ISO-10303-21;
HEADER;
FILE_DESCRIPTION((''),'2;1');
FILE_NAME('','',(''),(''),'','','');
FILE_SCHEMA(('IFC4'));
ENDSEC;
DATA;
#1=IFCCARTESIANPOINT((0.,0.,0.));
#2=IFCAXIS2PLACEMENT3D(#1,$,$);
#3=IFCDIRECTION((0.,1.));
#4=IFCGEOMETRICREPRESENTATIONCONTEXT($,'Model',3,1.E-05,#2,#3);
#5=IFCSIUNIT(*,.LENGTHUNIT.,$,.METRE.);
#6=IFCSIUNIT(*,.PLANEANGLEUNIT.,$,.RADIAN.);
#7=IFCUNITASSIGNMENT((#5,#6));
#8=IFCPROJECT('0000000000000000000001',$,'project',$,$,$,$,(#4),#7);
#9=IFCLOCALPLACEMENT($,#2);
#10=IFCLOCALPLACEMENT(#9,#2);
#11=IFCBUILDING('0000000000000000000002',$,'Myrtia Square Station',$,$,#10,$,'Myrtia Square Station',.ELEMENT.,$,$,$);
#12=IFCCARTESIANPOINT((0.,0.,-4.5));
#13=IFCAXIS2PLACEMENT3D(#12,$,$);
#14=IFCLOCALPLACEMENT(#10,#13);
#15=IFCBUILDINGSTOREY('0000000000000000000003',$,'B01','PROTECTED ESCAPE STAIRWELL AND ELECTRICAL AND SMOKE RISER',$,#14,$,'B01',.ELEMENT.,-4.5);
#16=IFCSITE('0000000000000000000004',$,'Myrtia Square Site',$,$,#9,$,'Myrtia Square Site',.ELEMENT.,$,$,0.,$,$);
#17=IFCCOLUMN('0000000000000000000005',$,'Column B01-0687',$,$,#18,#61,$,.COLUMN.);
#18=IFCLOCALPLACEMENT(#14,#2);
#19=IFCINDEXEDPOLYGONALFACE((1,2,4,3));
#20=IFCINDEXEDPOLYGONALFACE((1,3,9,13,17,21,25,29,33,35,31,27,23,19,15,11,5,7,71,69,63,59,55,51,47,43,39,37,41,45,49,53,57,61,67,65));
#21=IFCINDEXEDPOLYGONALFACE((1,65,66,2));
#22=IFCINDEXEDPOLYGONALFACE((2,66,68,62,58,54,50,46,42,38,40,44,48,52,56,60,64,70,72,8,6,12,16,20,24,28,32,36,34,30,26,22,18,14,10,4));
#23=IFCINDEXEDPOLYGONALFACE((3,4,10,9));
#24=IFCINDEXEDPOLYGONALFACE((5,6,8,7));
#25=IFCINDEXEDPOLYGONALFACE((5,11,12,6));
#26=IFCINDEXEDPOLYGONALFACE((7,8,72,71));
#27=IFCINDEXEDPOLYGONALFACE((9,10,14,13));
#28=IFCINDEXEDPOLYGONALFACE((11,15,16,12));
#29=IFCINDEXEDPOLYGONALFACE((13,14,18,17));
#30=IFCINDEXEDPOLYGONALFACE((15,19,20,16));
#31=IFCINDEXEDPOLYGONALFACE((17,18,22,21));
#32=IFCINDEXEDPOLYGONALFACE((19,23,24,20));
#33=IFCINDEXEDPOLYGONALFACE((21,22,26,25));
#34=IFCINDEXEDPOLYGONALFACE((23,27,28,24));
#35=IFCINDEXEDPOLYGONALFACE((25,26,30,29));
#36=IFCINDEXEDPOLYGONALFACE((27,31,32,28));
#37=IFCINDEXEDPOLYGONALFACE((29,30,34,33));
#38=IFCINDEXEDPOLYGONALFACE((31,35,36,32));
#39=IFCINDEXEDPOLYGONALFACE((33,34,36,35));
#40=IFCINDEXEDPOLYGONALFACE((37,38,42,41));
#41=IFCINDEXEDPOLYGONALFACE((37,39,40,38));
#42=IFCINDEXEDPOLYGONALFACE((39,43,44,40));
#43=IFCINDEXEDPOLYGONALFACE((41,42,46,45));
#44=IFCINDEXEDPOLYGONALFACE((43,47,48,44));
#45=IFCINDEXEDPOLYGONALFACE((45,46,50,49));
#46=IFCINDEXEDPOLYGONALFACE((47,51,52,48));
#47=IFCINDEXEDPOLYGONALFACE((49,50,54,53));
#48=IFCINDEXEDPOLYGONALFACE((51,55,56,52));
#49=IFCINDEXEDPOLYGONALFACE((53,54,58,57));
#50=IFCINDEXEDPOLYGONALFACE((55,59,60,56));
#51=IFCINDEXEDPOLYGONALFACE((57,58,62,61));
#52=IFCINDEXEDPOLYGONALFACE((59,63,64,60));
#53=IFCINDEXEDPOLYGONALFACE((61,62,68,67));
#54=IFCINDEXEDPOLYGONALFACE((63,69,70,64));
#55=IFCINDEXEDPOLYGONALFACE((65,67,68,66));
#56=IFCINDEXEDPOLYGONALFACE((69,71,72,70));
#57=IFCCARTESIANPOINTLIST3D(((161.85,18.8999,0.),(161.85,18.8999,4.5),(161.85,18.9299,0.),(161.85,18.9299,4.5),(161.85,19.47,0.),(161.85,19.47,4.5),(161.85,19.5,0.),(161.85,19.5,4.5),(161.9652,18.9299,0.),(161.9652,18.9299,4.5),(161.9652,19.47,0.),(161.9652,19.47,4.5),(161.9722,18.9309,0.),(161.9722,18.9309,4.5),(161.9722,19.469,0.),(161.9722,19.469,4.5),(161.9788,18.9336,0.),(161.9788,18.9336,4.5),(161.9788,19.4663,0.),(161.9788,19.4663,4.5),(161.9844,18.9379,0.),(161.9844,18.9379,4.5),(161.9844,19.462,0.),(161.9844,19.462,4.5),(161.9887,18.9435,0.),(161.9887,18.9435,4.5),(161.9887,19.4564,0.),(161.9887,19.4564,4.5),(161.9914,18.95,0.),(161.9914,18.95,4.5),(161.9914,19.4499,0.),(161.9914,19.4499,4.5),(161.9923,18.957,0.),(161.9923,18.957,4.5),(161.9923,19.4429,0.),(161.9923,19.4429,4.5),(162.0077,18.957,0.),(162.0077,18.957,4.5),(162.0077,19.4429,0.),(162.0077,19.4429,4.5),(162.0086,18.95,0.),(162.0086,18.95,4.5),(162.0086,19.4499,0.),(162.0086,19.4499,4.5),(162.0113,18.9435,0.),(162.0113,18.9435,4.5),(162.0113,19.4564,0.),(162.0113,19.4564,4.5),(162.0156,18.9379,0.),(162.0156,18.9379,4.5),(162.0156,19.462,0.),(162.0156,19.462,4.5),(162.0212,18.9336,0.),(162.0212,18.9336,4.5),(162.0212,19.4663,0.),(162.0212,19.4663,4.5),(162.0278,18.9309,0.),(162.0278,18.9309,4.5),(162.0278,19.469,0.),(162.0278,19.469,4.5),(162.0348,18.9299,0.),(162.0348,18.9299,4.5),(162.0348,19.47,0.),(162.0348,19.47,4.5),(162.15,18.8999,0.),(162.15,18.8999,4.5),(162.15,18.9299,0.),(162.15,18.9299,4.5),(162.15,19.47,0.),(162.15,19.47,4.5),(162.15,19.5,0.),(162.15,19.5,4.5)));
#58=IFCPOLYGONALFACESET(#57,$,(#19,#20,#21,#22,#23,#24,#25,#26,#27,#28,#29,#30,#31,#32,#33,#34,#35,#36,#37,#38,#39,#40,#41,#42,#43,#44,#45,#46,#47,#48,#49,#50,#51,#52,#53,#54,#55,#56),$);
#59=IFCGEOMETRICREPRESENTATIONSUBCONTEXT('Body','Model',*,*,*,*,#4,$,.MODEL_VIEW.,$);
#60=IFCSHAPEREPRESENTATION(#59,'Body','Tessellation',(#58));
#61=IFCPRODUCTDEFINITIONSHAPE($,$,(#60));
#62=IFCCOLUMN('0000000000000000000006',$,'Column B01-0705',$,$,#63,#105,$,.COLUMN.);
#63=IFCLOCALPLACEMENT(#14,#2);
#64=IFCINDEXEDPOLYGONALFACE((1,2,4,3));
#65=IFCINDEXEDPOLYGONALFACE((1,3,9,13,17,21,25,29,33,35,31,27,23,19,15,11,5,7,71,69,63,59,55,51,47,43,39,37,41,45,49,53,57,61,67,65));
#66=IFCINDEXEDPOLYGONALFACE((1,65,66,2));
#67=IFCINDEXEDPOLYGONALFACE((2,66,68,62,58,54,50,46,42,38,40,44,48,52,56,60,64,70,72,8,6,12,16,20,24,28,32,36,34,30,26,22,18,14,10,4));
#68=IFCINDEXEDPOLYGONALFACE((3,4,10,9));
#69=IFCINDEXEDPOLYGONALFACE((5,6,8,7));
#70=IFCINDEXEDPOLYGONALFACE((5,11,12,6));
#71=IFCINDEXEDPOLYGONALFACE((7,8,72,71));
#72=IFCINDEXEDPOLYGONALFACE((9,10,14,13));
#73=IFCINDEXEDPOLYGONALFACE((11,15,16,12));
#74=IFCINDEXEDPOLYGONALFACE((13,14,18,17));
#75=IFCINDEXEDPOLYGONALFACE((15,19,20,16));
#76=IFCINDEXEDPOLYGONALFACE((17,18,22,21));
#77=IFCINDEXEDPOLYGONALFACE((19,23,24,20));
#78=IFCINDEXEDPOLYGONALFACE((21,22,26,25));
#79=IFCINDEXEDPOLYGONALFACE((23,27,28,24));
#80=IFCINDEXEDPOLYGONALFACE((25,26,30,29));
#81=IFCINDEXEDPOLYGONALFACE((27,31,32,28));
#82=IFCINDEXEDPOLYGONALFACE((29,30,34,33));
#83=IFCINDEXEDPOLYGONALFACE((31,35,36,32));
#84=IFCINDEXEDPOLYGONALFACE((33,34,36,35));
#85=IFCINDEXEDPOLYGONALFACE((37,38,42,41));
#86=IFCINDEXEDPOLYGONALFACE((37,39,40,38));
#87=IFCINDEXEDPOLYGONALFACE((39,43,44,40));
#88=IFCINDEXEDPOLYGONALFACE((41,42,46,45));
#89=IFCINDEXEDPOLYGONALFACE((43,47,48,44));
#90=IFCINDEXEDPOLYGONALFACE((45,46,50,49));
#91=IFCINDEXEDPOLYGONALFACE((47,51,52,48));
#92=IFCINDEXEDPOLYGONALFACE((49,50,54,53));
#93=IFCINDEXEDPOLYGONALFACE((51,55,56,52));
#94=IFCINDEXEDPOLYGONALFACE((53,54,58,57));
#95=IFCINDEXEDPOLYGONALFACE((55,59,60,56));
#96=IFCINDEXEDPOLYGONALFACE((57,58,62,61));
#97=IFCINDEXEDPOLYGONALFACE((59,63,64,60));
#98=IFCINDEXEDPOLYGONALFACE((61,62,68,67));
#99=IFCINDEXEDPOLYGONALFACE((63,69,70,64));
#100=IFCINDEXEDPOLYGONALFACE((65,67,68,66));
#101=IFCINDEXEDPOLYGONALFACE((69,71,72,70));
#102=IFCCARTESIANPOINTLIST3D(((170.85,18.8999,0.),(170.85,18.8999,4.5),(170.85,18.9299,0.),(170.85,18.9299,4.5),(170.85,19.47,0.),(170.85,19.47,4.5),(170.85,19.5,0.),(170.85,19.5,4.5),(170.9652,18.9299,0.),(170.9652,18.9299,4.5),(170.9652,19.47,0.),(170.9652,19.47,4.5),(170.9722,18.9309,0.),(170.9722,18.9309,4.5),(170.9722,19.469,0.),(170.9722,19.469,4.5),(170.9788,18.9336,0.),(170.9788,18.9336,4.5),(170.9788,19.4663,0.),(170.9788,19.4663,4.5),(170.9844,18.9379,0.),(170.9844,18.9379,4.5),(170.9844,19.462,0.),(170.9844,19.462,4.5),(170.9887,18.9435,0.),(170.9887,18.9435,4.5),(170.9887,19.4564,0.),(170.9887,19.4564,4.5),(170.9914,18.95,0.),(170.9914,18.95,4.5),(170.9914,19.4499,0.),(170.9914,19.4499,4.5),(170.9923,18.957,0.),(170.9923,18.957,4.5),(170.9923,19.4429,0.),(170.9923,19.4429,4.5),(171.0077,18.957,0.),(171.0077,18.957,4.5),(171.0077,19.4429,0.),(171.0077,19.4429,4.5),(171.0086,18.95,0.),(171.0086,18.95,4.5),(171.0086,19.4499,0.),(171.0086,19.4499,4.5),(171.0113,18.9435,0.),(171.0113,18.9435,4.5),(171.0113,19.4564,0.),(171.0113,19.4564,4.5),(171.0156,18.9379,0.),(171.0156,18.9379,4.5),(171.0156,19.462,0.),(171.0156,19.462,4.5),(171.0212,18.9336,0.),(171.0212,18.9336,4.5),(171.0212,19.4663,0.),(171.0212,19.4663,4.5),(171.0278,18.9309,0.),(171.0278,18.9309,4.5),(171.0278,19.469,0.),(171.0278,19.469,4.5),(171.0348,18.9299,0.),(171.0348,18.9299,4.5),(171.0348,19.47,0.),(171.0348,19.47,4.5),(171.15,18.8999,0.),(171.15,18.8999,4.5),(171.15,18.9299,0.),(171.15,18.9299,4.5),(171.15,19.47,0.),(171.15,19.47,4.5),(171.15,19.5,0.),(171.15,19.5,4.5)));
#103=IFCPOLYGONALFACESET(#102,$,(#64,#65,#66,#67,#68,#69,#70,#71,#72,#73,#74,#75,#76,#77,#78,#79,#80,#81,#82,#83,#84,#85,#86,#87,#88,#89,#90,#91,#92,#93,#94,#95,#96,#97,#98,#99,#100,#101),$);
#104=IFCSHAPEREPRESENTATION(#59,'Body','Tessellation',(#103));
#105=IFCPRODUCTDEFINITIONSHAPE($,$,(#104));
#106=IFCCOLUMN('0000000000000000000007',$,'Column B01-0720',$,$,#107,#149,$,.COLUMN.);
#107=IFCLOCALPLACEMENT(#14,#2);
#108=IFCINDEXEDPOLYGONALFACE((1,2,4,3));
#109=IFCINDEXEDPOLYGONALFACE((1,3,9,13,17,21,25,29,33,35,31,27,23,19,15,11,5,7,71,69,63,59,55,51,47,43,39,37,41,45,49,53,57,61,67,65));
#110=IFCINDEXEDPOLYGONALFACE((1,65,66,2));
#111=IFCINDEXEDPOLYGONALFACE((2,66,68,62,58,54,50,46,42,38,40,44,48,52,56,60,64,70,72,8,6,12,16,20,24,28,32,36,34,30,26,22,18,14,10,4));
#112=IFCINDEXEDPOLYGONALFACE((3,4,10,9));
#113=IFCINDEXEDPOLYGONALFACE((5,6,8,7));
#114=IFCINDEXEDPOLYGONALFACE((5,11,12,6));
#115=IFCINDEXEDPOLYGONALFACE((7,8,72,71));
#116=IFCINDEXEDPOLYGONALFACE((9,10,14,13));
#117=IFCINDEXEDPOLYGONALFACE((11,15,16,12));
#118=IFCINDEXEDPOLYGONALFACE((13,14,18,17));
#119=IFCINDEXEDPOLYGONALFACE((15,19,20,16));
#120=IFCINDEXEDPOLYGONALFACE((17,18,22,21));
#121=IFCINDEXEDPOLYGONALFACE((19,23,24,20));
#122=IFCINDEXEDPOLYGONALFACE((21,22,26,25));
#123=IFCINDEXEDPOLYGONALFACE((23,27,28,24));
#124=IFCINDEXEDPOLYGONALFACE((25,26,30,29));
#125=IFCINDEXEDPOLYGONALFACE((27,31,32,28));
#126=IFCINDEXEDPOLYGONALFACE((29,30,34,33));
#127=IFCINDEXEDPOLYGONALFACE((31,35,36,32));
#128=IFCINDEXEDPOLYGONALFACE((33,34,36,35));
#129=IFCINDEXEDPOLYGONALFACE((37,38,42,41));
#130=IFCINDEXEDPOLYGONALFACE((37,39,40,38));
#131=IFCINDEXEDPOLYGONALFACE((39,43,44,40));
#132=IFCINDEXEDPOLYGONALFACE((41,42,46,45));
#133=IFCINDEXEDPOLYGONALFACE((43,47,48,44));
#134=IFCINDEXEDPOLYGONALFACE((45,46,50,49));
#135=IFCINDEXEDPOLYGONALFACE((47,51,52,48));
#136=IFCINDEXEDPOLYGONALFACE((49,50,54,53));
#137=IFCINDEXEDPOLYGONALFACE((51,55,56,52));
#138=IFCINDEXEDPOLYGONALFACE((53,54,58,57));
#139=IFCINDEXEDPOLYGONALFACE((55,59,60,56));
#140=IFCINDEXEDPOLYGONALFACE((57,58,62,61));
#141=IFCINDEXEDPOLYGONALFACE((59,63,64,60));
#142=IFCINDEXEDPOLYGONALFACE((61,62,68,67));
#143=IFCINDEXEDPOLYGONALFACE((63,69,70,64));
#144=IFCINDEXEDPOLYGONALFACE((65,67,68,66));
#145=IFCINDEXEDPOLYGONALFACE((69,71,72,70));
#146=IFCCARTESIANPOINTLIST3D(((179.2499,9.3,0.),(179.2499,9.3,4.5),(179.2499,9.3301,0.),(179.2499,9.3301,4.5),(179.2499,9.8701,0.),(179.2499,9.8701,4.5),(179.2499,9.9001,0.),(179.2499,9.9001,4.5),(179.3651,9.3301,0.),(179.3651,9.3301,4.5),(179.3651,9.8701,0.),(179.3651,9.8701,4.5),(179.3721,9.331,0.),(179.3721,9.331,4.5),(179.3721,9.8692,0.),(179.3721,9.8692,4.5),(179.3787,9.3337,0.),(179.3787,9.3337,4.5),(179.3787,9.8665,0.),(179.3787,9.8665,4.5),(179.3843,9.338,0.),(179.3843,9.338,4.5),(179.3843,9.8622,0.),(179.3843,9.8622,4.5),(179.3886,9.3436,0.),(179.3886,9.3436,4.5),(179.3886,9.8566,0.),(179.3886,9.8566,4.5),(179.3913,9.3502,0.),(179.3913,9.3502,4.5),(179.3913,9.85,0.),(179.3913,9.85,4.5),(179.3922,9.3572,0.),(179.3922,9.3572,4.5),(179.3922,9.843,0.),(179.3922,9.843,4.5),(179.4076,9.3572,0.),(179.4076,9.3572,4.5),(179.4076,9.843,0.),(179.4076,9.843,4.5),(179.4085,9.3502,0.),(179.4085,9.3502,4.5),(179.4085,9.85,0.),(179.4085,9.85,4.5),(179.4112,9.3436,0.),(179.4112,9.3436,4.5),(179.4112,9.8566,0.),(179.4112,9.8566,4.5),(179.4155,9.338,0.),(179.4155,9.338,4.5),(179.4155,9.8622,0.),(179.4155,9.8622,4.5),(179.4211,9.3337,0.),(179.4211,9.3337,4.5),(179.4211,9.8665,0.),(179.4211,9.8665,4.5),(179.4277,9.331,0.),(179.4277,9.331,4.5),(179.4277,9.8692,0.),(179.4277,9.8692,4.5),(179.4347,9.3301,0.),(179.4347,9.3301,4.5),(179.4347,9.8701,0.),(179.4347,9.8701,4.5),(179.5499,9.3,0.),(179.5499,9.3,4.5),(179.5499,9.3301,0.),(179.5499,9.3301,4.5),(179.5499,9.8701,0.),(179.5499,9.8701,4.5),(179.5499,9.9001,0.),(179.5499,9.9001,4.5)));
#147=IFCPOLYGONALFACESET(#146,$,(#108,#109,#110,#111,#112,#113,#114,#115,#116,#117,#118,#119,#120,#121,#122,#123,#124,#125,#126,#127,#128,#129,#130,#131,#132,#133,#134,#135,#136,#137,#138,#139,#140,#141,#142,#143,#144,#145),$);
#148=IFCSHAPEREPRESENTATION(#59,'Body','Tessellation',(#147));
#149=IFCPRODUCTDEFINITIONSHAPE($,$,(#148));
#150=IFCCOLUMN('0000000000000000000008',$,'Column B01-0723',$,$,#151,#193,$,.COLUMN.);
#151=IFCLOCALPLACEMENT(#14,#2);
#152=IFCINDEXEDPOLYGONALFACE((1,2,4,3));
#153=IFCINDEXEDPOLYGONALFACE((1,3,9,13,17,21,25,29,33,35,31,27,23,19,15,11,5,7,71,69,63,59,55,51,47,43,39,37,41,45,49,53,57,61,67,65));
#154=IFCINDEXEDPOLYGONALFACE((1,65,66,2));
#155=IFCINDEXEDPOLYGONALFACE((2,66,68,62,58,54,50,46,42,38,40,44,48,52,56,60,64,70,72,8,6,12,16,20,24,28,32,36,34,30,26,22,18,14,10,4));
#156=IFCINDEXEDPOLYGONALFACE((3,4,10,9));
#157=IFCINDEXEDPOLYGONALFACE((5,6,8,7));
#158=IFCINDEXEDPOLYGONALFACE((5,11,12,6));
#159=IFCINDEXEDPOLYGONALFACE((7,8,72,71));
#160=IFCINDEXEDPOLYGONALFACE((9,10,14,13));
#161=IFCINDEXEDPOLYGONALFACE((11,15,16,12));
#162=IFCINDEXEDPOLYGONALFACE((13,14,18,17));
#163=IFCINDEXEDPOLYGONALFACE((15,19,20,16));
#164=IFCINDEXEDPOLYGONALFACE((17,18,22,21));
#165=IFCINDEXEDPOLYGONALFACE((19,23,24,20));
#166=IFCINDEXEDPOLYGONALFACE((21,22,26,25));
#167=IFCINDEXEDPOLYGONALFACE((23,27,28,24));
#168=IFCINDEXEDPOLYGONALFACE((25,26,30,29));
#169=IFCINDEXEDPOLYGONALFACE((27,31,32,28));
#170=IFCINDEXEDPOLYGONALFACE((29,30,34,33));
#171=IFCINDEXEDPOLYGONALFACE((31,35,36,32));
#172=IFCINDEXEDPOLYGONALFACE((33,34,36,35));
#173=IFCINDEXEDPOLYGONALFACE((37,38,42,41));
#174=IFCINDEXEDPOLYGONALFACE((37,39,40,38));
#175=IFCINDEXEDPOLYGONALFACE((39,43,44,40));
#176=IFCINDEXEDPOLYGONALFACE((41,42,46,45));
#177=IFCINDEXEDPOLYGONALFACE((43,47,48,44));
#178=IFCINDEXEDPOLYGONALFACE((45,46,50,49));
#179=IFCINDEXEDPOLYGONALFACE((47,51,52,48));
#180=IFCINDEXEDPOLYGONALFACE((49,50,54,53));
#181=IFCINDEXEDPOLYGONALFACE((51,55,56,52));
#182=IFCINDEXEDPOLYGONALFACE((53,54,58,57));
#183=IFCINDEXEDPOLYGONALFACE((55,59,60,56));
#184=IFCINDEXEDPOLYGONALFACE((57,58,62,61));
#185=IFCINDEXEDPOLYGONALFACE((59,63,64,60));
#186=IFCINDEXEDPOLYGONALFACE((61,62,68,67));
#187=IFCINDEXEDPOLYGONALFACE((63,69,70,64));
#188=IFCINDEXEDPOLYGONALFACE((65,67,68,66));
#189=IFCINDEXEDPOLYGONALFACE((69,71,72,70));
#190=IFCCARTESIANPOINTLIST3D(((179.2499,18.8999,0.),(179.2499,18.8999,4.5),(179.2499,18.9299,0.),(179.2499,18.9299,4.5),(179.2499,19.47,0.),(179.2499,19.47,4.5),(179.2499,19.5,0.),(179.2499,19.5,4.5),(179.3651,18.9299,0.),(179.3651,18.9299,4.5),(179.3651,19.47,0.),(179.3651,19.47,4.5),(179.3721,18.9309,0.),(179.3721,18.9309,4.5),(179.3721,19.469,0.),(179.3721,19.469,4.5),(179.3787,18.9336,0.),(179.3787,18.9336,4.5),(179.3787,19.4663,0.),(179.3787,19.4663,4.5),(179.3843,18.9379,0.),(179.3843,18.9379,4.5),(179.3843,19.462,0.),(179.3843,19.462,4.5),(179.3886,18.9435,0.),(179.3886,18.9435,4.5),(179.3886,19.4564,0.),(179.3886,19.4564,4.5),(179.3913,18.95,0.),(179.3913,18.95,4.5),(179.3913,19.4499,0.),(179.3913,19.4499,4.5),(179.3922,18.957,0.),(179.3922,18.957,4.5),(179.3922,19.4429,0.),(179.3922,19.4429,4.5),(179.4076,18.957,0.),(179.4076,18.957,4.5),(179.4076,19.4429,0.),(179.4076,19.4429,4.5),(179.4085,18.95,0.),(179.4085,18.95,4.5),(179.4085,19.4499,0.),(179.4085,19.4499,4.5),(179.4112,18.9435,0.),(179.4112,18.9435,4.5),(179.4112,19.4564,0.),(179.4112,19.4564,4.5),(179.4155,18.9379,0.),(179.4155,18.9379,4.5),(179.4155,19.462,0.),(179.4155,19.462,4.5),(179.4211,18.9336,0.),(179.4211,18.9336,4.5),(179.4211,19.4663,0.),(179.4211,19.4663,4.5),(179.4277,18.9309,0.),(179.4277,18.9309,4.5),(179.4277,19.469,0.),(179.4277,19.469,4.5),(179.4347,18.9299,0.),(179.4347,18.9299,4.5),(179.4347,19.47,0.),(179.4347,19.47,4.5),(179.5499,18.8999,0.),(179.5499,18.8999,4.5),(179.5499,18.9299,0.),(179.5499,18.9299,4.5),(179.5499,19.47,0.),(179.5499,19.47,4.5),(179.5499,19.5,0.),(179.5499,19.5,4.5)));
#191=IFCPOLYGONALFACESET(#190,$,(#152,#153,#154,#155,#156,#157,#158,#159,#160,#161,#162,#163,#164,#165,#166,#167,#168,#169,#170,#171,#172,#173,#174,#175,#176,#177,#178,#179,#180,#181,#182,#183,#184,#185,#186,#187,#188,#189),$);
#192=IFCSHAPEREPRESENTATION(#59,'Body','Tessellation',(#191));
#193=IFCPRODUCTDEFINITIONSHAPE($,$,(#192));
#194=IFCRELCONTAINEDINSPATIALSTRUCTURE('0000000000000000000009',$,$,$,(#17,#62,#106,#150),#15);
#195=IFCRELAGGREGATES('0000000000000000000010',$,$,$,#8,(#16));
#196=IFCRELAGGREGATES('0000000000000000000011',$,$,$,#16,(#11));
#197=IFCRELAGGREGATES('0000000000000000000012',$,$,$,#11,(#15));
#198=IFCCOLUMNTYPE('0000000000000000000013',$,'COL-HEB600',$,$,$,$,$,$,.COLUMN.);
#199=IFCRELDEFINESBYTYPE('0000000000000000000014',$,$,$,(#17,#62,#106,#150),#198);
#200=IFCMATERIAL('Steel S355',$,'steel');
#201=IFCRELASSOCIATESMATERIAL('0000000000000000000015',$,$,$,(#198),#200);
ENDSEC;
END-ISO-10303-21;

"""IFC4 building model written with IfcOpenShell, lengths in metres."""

from ifc_helpers import new_model, si_unit, direction, frame, origin, origin_2d, place, context, subcontext, project, spatial, i_section, extrude, material, material_profile, profile_set, type_object, element, save


model = new_model("IFC4")

# Units and contexts
model_context = context("Model", 3, precision=1e-05, world=origin(), true_north=direction((0.0, 1.0)))
body_context = subcontext(model_context, "Body", "Model", "MODEL_VIEW")
ifc_project = project(units=[si_unit("LENGTHUNIT", "METRE"), si_unit("PLANEANGLEUNIT", "RADIAN")], contexts=[model_context])

# Site, building, storey
site_placement = place(None, origin())
site = spatial("IfcSite", under=ifc_project, at=site_placement, Name="Myrtia Square Site", LongName="Myrtia Square Site", CompositionType="ELEMENT", RefElevation=0.0)
building_placement = place(site_placement, origin())
building = spatial("IfcBuilding", under=site, at=building_placement, Name="Myrtia Square Station", LongName="Myrtia Square Station", CompositionType="ELEMENT")
storey_placement = place(building_placement, frame((0.0, 0.0, -4.5)))
storey = spatial("IfcBuildingStorey", under=building, at=storey_placement, Name="B01", Description="PROTECTED ESCAPE STAIRWELL AND ELECTRICAL AND SMOKE RISER", LongName="B01", CompositionType="ELEMENT", Elevation=-4.5)

# Columns
ifc_material_1 = material(Name="Steel S355", Category="steel")
ifc_material_profile_1 = material_profile(ifc_material_1, i_section(OverallWidth=0.3, OverallDepth=0.6001, WebThickness=0.0154, FlangeThickness=0.03, FilletRadius=0.0271, at=origin_2d()), Name="HEB 600")
ifc_profile_set_1 = profile_set([ifc_material_profile_1], Name="Steel S355")
column_type = type_object("IfcColumnType", Name="COL-HEB600", PredefinedType="COLUMN", material=ifc_profile_set_1)
for number, where, z_axis, x_axis, name in (
    (1, (162.0, 19.2, 0.0), (0.0, 0.0, 1.0), (1.0, 0.0, 0.0), "Column B01-0687"),
    (2, (171.0, 19.2, 0.0), (0.0, 0.0, 1.0), (1.0, 0.0, 0.0), "Column B01-0705"),
    (3, (179.3999, 9.6001, 0.0), (0.0, 0.0, 1.0), (1.0, 0.0, 0.0), "Column B01-0720"),
    (4, (179.3999, 19.2, 0.0), (0.0, 0.0, 1.0), (1.0, 0.0, 0.0), "Column B01-0723"),
):
    element("IfcColumn", number, at=place(storey_placement, frame(where, z_axis=z_axis, x_axis=x_axis)), inside=storey, type_object=column_type, Name=name, PredefinedType="COLUMN", context=body_context, shape_type="SweptSolid", body=[
        extrude(i_section(OverallWidth=0.3, OverallDepth=0.6001, WebThickness=0.0154, FlangeThickness=0.03, FilletRadius=0.0271, at=origin_2d()), origin(), (0.0, 0.0, 1.0), 4.5),
    ])

save(model, "model.ifc")
